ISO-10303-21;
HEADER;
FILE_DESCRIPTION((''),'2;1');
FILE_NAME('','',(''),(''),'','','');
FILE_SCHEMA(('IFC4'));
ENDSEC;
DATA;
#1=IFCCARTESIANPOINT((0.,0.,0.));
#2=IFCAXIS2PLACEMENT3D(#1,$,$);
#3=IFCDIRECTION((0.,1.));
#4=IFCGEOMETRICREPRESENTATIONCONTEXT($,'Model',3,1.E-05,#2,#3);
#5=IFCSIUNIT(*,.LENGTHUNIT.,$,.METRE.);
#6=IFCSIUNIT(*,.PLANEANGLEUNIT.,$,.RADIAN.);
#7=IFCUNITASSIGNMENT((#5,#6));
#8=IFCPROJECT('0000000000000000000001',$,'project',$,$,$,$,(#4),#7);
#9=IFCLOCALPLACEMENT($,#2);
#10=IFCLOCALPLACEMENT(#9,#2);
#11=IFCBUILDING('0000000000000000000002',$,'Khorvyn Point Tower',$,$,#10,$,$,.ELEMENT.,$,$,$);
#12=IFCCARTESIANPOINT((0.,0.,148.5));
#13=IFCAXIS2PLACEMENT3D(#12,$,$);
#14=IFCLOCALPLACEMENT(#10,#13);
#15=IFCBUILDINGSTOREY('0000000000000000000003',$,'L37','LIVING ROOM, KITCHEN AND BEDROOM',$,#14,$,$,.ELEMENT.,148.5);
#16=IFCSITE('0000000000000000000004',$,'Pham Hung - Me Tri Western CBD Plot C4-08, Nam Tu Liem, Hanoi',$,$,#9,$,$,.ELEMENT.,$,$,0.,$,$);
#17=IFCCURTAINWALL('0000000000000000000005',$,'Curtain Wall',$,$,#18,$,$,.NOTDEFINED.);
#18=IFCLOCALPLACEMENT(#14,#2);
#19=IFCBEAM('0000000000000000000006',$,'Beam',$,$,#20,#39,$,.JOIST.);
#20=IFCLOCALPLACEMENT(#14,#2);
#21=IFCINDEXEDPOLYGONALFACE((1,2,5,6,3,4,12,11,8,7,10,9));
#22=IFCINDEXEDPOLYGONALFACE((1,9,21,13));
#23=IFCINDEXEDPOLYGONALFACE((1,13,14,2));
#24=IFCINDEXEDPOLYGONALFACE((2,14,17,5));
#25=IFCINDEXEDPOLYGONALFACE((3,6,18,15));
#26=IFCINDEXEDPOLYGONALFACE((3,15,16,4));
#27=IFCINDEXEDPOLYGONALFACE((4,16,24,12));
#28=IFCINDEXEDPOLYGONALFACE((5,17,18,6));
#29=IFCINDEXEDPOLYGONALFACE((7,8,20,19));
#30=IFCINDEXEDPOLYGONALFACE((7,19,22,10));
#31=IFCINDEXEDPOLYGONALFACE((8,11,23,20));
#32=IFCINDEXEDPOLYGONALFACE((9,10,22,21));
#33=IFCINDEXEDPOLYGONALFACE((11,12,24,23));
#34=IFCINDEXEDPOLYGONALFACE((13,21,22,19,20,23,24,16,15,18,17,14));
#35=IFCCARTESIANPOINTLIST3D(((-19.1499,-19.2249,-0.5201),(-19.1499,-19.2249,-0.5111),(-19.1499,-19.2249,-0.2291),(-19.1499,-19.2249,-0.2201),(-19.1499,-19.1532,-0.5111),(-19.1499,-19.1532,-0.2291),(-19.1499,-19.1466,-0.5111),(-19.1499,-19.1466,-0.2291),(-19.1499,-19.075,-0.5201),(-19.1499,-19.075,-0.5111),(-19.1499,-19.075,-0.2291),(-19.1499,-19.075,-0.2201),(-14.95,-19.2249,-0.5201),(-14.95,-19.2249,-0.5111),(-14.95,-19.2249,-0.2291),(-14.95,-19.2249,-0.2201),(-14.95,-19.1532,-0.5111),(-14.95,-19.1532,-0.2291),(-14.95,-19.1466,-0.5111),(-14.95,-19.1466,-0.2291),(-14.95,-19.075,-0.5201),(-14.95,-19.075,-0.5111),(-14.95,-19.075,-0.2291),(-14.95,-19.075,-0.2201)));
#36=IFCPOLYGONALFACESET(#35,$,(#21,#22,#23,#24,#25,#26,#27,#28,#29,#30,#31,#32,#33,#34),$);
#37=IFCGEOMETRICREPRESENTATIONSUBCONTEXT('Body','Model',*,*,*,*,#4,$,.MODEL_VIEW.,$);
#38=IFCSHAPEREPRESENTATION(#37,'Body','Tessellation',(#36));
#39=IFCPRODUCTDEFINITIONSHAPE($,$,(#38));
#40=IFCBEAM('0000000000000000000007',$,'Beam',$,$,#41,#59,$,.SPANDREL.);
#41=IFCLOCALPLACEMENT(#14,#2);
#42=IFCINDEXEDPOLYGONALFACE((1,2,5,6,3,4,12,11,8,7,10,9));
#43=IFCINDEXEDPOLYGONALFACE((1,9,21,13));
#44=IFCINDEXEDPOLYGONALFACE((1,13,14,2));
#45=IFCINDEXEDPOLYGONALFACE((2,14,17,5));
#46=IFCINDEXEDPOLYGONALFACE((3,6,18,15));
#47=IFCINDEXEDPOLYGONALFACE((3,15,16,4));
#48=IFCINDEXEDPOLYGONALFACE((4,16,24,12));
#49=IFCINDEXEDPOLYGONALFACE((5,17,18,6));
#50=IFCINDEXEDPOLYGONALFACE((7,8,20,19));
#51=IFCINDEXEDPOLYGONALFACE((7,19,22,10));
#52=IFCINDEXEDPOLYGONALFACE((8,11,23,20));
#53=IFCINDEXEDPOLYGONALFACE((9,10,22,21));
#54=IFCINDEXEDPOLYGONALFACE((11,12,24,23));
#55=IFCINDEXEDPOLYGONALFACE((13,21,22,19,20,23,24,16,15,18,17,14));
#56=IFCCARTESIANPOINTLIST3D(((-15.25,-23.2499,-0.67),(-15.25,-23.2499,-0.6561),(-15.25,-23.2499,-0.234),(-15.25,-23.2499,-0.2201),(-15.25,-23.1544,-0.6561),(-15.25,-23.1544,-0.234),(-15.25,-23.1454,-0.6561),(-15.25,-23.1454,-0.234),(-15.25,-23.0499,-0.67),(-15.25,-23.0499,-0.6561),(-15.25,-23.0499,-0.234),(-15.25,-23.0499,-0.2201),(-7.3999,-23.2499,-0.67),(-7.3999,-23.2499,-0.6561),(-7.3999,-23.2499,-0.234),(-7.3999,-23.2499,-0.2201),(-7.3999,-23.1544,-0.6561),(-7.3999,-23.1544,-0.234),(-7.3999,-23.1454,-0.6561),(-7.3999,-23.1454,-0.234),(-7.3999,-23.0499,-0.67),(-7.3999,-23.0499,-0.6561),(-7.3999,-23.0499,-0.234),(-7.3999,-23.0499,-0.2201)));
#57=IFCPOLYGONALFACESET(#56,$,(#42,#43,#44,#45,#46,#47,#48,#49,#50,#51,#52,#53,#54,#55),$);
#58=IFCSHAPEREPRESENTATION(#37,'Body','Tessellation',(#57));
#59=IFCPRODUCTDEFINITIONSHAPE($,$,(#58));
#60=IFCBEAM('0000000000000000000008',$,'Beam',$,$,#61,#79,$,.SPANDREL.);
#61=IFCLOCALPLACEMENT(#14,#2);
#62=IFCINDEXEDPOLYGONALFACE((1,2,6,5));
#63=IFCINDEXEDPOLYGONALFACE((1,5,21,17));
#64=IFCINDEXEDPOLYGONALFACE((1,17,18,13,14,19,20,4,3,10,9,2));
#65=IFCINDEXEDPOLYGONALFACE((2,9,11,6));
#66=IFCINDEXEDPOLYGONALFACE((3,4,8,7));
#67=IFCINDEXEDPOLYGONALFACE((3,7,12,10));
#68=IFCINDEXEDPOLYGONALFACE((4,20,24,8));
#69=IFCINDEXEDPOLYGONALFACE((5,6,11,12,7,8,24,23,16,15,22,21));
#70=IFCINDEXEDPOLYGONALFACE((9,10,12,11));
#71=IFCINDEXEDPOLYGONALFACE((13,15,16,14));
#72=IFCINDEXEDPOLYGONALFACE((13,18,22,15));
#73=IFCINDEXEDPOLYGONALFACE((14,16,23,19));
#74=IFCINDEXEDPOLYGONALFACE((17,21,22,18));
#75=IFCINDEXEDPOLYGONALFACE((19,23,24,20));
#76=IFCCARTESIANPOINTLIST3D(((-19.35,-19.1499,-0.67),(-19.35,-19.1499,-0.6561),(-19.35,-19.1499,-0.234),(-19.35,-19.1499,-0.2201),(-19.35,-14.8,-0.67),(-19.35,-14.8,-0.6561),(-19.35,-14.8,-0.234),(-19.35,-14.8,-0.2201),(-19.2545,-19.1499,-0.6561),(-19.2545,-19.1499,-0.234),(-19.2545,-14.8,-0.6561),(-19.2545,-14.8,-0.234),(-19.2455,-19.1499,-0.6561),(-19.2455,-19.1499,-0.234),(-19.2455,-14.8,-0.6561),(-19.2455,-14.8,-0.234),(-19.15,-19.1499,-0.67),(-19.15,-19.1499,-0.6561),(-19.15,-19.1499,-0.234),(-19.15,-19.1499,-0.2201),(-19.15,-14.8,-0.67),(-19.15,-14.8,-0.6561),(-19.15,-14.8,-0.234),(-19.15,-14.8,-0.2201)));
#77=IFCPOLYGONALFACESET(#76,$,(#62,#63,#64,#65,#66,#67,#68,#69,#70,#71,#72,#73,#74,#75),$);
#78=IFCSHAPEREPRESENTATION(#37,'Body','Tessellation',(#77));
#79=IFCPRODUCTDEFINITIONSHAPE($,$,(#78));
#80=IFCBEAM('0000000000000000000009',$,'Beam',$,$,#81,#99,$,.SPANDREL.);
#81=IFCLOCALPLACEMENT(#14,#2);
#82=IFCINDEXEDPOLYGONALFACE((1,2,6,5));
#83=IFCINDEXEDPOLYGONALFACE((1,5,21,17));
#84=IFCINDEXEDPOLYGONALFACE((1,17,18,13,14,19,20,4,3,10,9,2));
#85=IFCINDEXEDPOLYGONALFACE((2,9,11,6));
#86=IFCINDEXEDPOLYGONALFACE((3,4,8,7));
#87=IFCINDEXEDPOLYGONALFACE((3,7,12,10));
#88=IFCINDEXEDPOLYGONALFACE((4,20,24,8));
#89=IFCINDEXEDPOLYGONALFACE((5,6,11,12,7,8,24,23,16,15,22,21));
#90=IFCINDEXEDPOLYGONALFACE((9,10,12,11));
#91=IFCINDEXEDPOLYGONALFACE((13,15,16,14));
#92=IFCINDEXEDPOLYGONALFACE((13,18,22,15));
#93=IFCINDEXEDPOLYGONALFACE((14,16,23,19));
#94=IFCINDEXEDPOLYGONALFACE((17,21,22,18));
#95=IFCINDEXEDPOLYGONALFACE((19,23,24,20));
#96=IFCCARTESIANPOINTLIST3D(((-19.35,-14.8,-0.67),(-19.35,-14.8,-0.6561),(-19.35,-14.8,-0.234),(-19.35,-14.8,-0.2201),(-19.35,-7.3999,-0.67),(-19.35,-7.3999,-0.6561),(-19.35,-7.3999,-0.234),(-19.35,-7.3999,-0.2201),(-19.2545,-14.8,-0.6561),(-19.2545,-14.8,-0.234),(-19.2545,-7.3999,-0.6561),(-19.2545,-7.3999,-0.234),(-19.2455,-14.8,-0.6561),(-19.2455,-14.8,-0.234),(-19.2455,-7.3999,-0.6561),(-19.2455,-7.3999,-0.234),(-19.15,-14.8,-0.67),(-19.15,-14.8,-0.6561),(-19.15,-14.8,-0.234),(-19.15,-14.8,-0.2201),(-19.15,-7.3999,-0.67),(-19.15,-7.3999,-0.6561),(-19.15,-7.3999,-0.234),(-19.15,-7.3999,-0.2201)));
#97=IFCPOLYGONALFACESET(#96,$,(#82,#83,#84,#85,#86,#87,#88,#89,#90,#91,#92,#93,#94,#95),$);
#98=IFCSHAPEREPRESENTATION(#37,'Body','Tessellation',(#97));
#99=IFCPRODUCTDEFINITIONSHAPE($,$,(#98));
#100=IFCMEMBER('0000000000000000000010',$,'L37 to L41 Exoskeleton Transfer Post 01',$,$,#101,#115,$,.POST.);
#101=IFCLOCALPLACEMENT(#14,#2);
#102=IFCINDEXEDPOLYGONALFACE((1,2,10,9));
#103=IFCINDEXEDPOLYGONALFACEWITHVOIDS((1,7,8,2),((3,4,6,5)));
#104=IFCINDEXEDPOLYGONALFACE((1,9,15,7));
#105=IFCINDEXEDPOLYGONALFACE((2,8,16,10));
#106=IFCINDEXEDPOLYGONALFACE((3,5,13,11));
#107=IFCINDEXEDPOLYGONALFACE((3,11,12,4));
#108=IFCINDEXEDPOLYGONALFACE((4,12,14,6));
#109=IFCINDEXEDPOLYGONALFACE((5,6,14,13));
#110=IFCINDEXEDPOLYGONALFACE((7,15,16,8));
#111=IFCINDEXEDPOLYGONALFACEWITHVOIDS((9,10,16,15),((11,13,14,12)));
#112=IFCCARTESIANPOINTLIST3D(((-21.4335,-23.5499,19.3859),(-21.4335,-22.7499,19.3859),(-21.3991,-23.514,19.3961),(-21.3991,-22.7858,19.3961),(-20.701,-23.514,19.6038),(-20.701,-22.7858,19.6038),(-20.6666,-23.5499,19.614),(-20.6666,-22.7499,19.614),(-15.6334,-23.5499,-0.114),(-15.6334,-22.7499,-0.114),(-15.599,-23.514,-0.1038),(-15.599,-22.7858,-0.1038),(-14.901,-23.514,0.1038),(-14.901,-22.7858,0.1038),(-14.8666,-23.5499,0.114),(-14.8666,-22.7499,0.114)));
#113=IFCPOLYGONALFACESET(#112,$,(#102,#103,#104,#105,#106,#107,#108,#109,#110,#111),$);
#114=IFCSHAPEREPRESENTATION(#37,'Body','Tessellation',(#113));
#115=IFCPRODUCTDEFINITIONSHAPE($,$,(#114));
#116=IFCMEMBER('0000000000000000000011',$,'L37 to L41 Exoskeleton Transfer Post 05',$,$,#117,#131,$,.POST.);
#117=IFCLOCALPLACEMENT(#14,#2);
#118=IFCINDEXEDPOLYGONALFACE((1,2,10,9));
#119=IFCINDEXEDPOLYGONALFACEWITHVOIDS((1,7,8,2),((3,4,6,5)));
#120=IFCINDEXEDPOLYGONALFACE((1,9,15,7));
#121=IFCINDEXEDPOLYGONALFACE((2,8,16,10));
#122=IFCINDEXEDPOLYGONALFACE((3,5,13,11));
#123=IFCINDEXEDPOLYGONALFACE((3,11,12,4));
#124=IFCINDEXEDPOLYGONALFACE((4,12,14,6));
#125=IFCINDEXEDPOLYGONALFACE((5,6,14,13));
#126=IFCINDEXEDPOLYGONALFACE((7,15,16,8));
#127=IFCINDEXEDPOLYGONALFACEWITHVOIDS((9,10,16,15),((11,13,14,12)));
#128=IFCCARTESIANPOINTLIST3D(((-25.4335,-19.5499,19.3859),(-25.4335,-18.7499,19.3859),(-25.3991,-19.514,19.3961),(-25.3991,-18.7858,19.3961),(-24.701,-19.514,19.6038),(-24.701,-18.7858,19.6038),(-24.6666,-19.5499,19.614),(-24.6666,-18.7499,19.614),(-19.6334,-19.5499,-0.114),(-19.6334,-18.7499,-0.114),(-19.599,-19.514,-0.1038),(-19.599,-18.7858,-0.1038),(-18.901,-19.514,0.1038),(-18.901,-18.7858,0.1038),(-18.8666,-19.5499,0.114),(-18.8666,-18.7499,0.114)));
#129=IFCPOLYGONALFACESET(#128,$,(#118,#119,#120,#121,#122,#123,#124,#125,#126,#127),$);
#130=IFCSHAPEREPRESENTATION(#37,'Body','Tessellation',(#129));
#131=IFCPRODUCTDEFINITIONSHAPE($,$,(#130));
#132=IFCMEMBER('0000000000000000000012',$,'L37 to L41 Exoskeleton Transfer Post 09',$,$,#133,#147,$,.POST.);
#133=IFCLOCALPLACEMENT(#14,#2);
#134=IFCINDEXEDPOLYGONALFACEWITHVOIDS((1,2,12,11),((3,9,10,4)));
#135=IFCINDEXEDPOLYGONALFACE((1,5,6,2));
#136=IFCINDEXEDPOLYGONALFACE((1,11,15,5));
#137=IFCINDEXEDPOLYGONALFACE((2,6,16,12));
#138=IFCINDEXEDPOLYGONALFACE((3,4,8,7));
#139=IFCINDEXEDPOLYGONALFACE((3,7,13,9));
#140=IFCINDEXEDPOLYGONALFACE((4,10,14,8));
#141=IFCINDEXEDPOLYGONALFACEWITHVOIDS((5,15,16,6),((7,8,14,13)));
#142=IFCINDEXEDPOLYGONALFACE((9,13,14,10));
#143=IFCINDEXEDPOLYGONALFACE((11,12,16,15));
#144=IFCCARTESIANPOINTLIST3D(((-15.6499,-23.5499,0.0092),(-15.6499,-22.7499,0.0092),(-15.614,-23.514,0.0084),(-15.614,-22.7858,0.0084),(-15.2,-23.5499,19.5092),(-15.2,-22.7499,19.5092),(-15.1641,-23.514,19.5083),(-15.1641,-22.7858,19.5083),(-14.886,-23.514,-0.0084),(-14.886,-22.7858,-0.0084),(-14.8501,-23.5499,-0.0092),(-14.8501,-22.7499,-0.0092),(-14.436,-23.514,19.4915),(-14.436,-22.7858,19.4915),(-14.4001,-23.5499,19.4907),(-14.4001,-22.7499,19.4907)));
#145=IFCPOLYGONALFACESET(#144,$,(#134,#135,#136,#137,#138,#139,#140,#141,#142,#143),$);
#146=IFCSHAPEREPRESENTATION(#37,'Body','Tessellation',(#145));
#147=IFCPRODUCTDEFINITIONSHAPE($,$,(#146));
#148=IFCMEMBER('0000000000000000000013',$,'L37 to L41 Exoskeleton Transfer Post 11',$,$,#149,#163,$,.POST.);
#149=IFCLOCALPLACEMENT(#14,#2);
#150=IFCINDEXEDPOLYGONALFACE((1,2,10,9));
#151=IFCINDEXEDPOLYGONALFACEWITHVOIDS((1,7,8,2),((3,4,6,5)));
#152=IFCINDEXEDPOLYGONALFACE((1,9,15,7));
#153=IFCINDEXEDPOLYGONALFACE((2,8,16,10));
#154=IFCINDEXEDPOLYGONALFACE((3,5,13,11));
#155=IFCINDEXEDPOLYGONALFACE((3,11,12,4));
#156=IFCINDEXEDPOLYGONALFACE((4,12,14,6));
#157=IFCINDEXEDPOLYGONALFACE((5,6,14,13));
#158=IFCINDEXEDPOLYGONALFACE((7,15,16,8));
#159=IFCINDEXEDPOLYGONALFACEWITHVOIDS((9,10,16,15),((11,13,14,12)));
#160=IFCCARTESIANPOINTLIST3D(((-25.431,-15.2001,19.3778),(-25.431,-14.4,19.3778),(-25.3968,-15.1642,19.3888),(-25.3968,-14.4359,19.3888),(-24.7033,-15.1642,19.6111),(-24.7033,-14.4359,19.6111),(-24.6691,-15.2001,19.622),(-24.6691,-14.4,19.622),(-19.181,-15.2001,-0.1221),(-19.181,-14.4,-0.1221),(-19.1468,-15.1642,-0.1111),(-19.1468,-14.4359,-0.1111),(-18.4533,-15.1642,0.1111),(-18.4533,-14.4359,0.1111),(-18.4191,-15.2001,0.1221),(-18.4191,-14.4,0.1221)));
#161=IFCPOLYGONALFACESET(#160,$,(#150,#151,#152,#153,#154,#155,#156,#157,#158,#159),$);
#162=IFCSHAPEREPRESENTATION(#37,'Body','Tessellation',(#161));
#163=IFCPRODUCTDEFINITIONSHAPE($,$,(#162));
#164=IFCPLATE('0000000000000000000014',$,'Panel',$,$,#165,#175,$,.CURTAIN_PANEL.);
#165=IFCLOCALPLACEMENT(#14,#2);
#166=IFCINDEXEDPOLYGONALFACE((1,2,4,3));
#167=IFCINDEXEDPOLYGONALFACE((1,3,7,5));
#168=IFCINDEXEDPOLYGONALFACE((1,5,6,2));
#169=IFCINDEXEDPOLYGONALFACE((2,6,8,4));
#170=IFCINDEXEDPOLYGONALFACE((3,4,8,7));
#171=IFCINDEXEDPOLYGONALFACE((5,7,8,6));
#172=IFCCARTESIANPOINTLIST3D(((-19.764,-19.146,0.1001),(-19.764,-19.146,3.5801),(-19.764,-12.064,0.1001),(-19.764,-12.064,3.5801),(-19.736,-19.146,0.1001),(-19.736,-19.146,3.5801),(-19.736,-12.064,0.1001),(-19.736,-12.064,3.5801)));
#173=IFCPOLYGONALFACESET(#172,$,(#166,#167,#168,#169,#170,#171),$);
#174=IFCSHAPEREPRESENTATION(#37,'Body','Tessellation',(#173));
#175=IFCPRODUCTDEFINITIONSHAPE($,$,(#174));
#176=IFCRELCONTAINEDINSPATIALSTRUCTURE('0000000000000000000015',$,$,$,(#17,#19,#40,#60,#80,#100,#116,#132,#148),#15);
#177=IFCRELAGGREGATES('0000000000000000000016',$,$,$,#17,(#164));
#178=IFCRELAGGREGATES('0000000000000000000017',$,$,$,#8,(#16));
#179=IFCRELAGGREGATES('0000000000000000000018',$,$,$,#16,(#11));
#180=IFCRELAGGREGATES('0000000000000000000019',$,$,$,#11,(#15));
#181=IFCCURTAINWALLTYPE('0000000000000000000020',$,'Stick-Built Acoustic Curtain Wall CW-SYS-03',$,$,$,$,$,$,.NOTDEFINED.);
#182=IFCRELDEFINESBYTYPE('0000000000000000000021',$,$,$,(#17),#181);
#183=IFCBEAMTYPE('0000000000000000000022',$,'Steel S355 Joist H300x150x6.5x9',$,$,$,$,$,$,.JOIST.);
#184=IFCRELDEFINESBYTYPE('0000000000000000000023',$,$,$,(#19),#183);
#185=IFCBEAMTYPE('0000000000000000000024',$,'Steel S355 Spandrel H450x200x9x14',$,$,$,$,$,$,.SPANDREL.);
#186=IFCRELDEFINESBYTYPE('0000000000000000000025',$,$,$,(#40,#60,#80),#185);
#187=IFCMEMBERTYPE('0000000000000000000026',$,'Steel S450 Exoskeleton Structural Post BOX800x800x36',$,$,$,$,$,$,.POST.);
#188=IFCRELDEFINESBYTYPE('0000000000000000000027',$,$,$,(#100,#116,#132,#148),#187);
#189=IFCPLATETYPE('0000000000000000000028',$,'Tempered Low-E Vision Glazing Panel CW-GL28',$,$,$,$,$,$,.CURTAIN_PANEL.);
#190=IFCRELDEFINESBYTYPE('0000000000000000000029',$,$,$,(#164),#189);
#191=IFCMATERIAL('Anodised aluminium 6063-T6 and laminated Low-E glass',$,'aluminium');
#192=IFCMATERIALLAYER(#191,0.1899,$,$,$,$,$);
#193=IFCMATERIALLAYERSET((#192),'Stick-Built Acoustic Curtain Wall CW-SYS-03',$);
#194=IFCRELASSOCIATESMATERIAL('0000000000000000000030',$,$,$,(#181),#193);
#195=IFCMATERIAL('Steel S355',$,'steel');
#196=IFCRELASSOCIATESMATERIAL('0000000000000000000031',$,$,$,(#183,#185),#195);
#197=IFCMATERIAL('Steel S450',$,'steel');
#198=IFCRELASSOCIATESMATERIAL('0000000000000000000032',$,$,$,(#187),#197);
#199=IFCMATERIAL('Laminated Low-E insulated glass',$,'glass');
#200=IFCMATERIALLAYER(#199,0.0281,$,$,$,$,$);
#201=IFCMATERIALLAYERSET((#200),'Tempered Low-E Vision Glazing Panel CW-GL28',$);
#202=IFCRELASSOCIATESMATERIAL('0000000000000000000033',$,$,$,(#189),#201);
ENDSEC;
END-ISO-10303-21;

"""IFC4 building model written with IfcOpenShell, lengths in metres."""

from ifc_helpers import new_model, si_unit, direction, frame, origin, origin_2d, place, context, subcontext, project, spatial, rectangle, hollow_rectangle, i_section, extrude, material, layer, layer_set, material_profile, profile_set, type_object, element, aggregate, save


model = new_model("IFC4")

# Units and contexts
model_context = context("Model", 3, precision=1e-05, world=origin(), true_north=direction((0.0, 1.0)))
body_context = subcontext(model_context, "Body", "Model", "MODEL_VIEW")
ifc_project = project(units=[si_unit("LENGTHUNIT", "METRE"), si_unit("PLANEANGLEUNIT", "RADIAN")], contexts=[model_context])

# Site, building, storey
site_placement = place(None, origin())
site = spatial("IfcSite", under=ifc_project, at=site_placement, Name="Pham Hung - Me Tri Western CBD Plot C4-08, Nam Tu Liem, Hanoi", CompositionType="ELEMENT", RefElevation=0.0)
building_placement = place(site_placement, origin())
building = spatial("IfcBuilding", under=site, at=building_placement, Name="Khorvyn Point Tower", CompositionType="ELEMENT")
storey_placement = place(building_placement, frame((0.0, 0.0, 148.5)))
storey = spatial("IfcBuildingStorey", under=building, at=storey_placement, Name="L37", Description="LIVING ROOM, KITCHEN AND BEDROOM", CompositionType="ELEMENT", Elevation=148.5)

# Shared definitions
ifc_material_1 = material(Name="Steel S450", Category="steel")

# Shared definitions
ifc_material_2 = material(Name="Anodised aluminium 6063-T6 and laminated Low-E glass", Category="aluminium")
ifc_layer_1 = layer(ifc_material_2, 0.1899)
ifc_layer_set_1 = layer_set([ifc_layer_1], Name="Stick-Built Acoustic Curtain Wall CW-SYS-03")
curtain_wall_type = type_object("IfcCurtainWallType", Name="Stick-Built Acoustic Curtain Wall CW-SYS-03", PredefinedType="NOTDEFINED", material=ifc_layer_set_1)

# Curtain wall
curtain_wall_1_placement = place(storey_placement, origin())
curtain_wall_1 = element("IfcCurtainWall", 1, at=curtain_wall_1_placement, inside=storey, type_object=curtain_wall_type, Name="Curtain Wall", PredefinedType="NOTDEFINED")

# Beams
ifc_material_3 = material(Name="Steel S355", Category="steel")
ifc_material_profile_1 = material_profile(ifc_material_3, i_section(OverallWidth=0.1499, OverallDepth=0.3, WebThickness=0.0066, FlangeThickness=0.009, at=origin_2d()))
ifc_profile_set_1 = profile_set([ifc_material_profile_1], Name="Steel S355 H300x150x6.5x9")
beam_type_1 = type_object("IfcBeamType", Name="Steel S355 Joist H300x150x6.5x9", PredefinedType="JOIST", material=ifc_profile_set_1)
beam_1_placement = place(storey_placement, frame((-19.1499, -19.1499, -0.3701), z_axis=(1.0, 0.0, 0.0), x_axis=(0.0, 1.0, 0.0)))
element("IfcBeam", 2, at=beam_1_placement, inside=storey, type_object=beam_type_1, Name="Beam", PredefinedType="JOIST", context=body_context, shape_type="SweptSolid", body=[
    extrude(i_section(OverallWidth=0.1499, OverallDepth=0.3, WebThickness=0.0066, FlangeThickness=0.009, at=origin_2d()), origin(), (0.0, 0.0, 1.0), 4.2),
])
ifc_material_profile_2 = material_profile(ifc_material_3, i_section(OverallWidth=0.2, OverallDepth=0.45, WebThickness=0.009, FlangeThickness=0.0139, at=origin_2d()))
ifc_profile_set_2 = profile_set([ifc_material_profile_2], Name="Steel S355 H450x200x9x14")
beam_type_2 = type_object("IfcBeamType", Name="Steel S355 Spandrel H450x200x9x14", PredefinedType="SPANDREL", material=ifc_profile_set_2)
beam_2_placement = place(storey_placement, frame((-15.25, -23.1499, -0.4451), z_axis=(1.0, 0.0, 0.0), x_axis=(0.0, 1.0, 0.0)))
element("IfcBeam", 3, at=beam_2_placement, inside=storey, type_object=beam_type_2, Name="Beam", PredefinedType="SPANDREL", context=body_context, shape_type="SweptSolid", body=[
    extrude(i_section(OverallWidth=0.2, OverallDepth=0.45, WebThickness=0.009, FlangeThickness=0.0139, at=origin_2d()), origin(), (0.0, 0.0, 1.0), 7.8501),
])
beam_3_placement = place(storey_placement, frame((-19.25, -19.1499, -0.4451), z_axis=(0.0, 1.0, 0.0), x_axis=(-1.0, 0.0, 0.0)))
element("IfcBeam", 4, at=beam_3_placement, inside=storey, type_object=beam_type_2, Name="Beam", PredefinedType="SPANDREL", context=body_context, shape_type="SweptSolid", body=[
    extrude(i_section(OverallWidth=0.2, OverallDepth=0.45, WebThickness=0.009, FlangeThickness=0.0139, at=origin_2d()), origin(), (0.0, 0.0, 1.0), 4.3499),
])
beam_4_placement = place(storey_placement, frame((-19.25, -14.8, -0.4451), z_axis=(0.0, 1.0, 0.0), x_axis=(-1.0, 0.0, 0.0)))
element("IfcBeam", 5, at=beam_4_placement, inside=storey, type_object=beam_type_2, Name="Beam", PredefinedType="SPANDREL", context=body_context, shape_type="SweptSolid", body=[
    extrude(i_section(OverallWidth=0.2, OverallDepth=0.45, WebThickness=0.009, FlangeThickness=0.0139, at=origin_2d()), origin(), (0.0, 0.0, 1.0), 7.4001),
])

# Members
ifc_material_profile_3 = material_profile(ifc_material_1, hollow_rectangle(XDim=0.8, YDim=0.8, WallThickness=0.0359, at=origin_2d()))
ifc_profile_set_3 = profile_set([ifc_material_profile_3], Name="Steel S450 BOX800x800x36")
member_type_1 = type_object("IfcMemberType", Name="Steel S450 Exoskeleton Structural Post BOX800x800x36", PredefinedType="POST", material=ifc_profile_set_3)
for number, where, z_axis, x_axis, name in (
    (6, (-15.25, -23.1499, 0.0), (-0.285095, 0.0, 0.958499), (0.0, -1.0, 0.0), "L37 to L41 Exoskeleton Transfer Post 01"),
    (7, (-19.25, -19.1499, 0.0), (-0.285095, 0.0, 0.958499), (0.0, -1.0, 0.0), "L37 to L41 Exoskeleton Transfer Post 05"),
):
    element("IfcMember", number, at=place(storey_placement, frame(where, z_axis=z_axis, x_axis=x_axis)), inside=storey, type_object=member_type_1, Name=name, PredefinedType="POST", context=body_context, shape_type="SweptSolid", body=[
        extrude(hollow_rectangle(XDim=0.8, YDim=0.8, WallThickness=0.0359, at=origin_2d()), origin(), (0.0, 0.0, 1.0), 20.3442),
    ])
member_1_placement = place(storey_placement, frame((-15.25, -23.1499, 0.0), z_axis=(0.023068, 0.0, 0.999734), x_axis=(0.0, 1.0, 0.0)))
element("IfcMember", 8, at=member_1_placement, inside=storey, type_object=member_type_1, Name="L37 to L41 Exoskeleton Transfer Post 09", PredefinedType="POST", context=body_context, shape_type="SweptSolid", body=[
    extrude(hollow_rectangle(XDim=0.8, YDim=0.8, WallThickness=0.0359, at=origin_2d()), origin(), (0.0, 0.0, 1.0), 19.5051),
])
member_2_placement = place(storey_placement, frame((-18.8, -14.8, 0.0), z_axis=(-0.305219, 0.0, 0.952282), x_axis=(0.0, -1.0, 0.0)))
element("IfcMember", 9, at=member_2_placement, inside=storey, type_object=member_type_1, Name="L37 to L41 Exoskeleton Transfer Post 11", PredefinedType="POST", context=body_context, shape_type="SweptSolid", body=[
    extrude(hollow_rectangle(XDim=0.8, YDim=0.8, WallThickness=0.0359, at=origin_2d()), origin(), (0.0, 0.0, 1.0), 20.4771),
])

# Plate
ifc_material_4 = material(Name="Laminated Low-E insulated glass", Category="glass")
ifc_layer_2 = layer(ifc_material_4, 0.0281)
ifc_layer_set_2 = layer_set([ifc_layer_2], Name="Tempered Low-E Vision Glazing Panel CW-GL28")
plate_type = type_object("IfcPlateType", Name="Tempered Low-E Vision Glazing Panel CW-GL28", PredefinedType="CURTAIN_PANEL", material=ifc_layer_set_2)
plate_placement = place(storey_placement, frame((-19.75, -15.605, 0.1001), z_axis=(0.0, 0.0, 1.0), x_axis=(0.0, 1.0, 0.0)))
plate = element("IfcPlate", 10, at=plate_placement, type_object=plate_type, Name="Panel", PredefinedType="CURTAIN_PANEL", context=body_context, shape_type="SweptSolid", body=[
    extrude(rectangle(XDim=7.082, YDim=0.0281, at=origin_2d()), origin(), (0.0, 0.0, 1.0), 3.48),
])
aggregate(curtain_wall_1, [plate])

save(model, "model.ifc")
